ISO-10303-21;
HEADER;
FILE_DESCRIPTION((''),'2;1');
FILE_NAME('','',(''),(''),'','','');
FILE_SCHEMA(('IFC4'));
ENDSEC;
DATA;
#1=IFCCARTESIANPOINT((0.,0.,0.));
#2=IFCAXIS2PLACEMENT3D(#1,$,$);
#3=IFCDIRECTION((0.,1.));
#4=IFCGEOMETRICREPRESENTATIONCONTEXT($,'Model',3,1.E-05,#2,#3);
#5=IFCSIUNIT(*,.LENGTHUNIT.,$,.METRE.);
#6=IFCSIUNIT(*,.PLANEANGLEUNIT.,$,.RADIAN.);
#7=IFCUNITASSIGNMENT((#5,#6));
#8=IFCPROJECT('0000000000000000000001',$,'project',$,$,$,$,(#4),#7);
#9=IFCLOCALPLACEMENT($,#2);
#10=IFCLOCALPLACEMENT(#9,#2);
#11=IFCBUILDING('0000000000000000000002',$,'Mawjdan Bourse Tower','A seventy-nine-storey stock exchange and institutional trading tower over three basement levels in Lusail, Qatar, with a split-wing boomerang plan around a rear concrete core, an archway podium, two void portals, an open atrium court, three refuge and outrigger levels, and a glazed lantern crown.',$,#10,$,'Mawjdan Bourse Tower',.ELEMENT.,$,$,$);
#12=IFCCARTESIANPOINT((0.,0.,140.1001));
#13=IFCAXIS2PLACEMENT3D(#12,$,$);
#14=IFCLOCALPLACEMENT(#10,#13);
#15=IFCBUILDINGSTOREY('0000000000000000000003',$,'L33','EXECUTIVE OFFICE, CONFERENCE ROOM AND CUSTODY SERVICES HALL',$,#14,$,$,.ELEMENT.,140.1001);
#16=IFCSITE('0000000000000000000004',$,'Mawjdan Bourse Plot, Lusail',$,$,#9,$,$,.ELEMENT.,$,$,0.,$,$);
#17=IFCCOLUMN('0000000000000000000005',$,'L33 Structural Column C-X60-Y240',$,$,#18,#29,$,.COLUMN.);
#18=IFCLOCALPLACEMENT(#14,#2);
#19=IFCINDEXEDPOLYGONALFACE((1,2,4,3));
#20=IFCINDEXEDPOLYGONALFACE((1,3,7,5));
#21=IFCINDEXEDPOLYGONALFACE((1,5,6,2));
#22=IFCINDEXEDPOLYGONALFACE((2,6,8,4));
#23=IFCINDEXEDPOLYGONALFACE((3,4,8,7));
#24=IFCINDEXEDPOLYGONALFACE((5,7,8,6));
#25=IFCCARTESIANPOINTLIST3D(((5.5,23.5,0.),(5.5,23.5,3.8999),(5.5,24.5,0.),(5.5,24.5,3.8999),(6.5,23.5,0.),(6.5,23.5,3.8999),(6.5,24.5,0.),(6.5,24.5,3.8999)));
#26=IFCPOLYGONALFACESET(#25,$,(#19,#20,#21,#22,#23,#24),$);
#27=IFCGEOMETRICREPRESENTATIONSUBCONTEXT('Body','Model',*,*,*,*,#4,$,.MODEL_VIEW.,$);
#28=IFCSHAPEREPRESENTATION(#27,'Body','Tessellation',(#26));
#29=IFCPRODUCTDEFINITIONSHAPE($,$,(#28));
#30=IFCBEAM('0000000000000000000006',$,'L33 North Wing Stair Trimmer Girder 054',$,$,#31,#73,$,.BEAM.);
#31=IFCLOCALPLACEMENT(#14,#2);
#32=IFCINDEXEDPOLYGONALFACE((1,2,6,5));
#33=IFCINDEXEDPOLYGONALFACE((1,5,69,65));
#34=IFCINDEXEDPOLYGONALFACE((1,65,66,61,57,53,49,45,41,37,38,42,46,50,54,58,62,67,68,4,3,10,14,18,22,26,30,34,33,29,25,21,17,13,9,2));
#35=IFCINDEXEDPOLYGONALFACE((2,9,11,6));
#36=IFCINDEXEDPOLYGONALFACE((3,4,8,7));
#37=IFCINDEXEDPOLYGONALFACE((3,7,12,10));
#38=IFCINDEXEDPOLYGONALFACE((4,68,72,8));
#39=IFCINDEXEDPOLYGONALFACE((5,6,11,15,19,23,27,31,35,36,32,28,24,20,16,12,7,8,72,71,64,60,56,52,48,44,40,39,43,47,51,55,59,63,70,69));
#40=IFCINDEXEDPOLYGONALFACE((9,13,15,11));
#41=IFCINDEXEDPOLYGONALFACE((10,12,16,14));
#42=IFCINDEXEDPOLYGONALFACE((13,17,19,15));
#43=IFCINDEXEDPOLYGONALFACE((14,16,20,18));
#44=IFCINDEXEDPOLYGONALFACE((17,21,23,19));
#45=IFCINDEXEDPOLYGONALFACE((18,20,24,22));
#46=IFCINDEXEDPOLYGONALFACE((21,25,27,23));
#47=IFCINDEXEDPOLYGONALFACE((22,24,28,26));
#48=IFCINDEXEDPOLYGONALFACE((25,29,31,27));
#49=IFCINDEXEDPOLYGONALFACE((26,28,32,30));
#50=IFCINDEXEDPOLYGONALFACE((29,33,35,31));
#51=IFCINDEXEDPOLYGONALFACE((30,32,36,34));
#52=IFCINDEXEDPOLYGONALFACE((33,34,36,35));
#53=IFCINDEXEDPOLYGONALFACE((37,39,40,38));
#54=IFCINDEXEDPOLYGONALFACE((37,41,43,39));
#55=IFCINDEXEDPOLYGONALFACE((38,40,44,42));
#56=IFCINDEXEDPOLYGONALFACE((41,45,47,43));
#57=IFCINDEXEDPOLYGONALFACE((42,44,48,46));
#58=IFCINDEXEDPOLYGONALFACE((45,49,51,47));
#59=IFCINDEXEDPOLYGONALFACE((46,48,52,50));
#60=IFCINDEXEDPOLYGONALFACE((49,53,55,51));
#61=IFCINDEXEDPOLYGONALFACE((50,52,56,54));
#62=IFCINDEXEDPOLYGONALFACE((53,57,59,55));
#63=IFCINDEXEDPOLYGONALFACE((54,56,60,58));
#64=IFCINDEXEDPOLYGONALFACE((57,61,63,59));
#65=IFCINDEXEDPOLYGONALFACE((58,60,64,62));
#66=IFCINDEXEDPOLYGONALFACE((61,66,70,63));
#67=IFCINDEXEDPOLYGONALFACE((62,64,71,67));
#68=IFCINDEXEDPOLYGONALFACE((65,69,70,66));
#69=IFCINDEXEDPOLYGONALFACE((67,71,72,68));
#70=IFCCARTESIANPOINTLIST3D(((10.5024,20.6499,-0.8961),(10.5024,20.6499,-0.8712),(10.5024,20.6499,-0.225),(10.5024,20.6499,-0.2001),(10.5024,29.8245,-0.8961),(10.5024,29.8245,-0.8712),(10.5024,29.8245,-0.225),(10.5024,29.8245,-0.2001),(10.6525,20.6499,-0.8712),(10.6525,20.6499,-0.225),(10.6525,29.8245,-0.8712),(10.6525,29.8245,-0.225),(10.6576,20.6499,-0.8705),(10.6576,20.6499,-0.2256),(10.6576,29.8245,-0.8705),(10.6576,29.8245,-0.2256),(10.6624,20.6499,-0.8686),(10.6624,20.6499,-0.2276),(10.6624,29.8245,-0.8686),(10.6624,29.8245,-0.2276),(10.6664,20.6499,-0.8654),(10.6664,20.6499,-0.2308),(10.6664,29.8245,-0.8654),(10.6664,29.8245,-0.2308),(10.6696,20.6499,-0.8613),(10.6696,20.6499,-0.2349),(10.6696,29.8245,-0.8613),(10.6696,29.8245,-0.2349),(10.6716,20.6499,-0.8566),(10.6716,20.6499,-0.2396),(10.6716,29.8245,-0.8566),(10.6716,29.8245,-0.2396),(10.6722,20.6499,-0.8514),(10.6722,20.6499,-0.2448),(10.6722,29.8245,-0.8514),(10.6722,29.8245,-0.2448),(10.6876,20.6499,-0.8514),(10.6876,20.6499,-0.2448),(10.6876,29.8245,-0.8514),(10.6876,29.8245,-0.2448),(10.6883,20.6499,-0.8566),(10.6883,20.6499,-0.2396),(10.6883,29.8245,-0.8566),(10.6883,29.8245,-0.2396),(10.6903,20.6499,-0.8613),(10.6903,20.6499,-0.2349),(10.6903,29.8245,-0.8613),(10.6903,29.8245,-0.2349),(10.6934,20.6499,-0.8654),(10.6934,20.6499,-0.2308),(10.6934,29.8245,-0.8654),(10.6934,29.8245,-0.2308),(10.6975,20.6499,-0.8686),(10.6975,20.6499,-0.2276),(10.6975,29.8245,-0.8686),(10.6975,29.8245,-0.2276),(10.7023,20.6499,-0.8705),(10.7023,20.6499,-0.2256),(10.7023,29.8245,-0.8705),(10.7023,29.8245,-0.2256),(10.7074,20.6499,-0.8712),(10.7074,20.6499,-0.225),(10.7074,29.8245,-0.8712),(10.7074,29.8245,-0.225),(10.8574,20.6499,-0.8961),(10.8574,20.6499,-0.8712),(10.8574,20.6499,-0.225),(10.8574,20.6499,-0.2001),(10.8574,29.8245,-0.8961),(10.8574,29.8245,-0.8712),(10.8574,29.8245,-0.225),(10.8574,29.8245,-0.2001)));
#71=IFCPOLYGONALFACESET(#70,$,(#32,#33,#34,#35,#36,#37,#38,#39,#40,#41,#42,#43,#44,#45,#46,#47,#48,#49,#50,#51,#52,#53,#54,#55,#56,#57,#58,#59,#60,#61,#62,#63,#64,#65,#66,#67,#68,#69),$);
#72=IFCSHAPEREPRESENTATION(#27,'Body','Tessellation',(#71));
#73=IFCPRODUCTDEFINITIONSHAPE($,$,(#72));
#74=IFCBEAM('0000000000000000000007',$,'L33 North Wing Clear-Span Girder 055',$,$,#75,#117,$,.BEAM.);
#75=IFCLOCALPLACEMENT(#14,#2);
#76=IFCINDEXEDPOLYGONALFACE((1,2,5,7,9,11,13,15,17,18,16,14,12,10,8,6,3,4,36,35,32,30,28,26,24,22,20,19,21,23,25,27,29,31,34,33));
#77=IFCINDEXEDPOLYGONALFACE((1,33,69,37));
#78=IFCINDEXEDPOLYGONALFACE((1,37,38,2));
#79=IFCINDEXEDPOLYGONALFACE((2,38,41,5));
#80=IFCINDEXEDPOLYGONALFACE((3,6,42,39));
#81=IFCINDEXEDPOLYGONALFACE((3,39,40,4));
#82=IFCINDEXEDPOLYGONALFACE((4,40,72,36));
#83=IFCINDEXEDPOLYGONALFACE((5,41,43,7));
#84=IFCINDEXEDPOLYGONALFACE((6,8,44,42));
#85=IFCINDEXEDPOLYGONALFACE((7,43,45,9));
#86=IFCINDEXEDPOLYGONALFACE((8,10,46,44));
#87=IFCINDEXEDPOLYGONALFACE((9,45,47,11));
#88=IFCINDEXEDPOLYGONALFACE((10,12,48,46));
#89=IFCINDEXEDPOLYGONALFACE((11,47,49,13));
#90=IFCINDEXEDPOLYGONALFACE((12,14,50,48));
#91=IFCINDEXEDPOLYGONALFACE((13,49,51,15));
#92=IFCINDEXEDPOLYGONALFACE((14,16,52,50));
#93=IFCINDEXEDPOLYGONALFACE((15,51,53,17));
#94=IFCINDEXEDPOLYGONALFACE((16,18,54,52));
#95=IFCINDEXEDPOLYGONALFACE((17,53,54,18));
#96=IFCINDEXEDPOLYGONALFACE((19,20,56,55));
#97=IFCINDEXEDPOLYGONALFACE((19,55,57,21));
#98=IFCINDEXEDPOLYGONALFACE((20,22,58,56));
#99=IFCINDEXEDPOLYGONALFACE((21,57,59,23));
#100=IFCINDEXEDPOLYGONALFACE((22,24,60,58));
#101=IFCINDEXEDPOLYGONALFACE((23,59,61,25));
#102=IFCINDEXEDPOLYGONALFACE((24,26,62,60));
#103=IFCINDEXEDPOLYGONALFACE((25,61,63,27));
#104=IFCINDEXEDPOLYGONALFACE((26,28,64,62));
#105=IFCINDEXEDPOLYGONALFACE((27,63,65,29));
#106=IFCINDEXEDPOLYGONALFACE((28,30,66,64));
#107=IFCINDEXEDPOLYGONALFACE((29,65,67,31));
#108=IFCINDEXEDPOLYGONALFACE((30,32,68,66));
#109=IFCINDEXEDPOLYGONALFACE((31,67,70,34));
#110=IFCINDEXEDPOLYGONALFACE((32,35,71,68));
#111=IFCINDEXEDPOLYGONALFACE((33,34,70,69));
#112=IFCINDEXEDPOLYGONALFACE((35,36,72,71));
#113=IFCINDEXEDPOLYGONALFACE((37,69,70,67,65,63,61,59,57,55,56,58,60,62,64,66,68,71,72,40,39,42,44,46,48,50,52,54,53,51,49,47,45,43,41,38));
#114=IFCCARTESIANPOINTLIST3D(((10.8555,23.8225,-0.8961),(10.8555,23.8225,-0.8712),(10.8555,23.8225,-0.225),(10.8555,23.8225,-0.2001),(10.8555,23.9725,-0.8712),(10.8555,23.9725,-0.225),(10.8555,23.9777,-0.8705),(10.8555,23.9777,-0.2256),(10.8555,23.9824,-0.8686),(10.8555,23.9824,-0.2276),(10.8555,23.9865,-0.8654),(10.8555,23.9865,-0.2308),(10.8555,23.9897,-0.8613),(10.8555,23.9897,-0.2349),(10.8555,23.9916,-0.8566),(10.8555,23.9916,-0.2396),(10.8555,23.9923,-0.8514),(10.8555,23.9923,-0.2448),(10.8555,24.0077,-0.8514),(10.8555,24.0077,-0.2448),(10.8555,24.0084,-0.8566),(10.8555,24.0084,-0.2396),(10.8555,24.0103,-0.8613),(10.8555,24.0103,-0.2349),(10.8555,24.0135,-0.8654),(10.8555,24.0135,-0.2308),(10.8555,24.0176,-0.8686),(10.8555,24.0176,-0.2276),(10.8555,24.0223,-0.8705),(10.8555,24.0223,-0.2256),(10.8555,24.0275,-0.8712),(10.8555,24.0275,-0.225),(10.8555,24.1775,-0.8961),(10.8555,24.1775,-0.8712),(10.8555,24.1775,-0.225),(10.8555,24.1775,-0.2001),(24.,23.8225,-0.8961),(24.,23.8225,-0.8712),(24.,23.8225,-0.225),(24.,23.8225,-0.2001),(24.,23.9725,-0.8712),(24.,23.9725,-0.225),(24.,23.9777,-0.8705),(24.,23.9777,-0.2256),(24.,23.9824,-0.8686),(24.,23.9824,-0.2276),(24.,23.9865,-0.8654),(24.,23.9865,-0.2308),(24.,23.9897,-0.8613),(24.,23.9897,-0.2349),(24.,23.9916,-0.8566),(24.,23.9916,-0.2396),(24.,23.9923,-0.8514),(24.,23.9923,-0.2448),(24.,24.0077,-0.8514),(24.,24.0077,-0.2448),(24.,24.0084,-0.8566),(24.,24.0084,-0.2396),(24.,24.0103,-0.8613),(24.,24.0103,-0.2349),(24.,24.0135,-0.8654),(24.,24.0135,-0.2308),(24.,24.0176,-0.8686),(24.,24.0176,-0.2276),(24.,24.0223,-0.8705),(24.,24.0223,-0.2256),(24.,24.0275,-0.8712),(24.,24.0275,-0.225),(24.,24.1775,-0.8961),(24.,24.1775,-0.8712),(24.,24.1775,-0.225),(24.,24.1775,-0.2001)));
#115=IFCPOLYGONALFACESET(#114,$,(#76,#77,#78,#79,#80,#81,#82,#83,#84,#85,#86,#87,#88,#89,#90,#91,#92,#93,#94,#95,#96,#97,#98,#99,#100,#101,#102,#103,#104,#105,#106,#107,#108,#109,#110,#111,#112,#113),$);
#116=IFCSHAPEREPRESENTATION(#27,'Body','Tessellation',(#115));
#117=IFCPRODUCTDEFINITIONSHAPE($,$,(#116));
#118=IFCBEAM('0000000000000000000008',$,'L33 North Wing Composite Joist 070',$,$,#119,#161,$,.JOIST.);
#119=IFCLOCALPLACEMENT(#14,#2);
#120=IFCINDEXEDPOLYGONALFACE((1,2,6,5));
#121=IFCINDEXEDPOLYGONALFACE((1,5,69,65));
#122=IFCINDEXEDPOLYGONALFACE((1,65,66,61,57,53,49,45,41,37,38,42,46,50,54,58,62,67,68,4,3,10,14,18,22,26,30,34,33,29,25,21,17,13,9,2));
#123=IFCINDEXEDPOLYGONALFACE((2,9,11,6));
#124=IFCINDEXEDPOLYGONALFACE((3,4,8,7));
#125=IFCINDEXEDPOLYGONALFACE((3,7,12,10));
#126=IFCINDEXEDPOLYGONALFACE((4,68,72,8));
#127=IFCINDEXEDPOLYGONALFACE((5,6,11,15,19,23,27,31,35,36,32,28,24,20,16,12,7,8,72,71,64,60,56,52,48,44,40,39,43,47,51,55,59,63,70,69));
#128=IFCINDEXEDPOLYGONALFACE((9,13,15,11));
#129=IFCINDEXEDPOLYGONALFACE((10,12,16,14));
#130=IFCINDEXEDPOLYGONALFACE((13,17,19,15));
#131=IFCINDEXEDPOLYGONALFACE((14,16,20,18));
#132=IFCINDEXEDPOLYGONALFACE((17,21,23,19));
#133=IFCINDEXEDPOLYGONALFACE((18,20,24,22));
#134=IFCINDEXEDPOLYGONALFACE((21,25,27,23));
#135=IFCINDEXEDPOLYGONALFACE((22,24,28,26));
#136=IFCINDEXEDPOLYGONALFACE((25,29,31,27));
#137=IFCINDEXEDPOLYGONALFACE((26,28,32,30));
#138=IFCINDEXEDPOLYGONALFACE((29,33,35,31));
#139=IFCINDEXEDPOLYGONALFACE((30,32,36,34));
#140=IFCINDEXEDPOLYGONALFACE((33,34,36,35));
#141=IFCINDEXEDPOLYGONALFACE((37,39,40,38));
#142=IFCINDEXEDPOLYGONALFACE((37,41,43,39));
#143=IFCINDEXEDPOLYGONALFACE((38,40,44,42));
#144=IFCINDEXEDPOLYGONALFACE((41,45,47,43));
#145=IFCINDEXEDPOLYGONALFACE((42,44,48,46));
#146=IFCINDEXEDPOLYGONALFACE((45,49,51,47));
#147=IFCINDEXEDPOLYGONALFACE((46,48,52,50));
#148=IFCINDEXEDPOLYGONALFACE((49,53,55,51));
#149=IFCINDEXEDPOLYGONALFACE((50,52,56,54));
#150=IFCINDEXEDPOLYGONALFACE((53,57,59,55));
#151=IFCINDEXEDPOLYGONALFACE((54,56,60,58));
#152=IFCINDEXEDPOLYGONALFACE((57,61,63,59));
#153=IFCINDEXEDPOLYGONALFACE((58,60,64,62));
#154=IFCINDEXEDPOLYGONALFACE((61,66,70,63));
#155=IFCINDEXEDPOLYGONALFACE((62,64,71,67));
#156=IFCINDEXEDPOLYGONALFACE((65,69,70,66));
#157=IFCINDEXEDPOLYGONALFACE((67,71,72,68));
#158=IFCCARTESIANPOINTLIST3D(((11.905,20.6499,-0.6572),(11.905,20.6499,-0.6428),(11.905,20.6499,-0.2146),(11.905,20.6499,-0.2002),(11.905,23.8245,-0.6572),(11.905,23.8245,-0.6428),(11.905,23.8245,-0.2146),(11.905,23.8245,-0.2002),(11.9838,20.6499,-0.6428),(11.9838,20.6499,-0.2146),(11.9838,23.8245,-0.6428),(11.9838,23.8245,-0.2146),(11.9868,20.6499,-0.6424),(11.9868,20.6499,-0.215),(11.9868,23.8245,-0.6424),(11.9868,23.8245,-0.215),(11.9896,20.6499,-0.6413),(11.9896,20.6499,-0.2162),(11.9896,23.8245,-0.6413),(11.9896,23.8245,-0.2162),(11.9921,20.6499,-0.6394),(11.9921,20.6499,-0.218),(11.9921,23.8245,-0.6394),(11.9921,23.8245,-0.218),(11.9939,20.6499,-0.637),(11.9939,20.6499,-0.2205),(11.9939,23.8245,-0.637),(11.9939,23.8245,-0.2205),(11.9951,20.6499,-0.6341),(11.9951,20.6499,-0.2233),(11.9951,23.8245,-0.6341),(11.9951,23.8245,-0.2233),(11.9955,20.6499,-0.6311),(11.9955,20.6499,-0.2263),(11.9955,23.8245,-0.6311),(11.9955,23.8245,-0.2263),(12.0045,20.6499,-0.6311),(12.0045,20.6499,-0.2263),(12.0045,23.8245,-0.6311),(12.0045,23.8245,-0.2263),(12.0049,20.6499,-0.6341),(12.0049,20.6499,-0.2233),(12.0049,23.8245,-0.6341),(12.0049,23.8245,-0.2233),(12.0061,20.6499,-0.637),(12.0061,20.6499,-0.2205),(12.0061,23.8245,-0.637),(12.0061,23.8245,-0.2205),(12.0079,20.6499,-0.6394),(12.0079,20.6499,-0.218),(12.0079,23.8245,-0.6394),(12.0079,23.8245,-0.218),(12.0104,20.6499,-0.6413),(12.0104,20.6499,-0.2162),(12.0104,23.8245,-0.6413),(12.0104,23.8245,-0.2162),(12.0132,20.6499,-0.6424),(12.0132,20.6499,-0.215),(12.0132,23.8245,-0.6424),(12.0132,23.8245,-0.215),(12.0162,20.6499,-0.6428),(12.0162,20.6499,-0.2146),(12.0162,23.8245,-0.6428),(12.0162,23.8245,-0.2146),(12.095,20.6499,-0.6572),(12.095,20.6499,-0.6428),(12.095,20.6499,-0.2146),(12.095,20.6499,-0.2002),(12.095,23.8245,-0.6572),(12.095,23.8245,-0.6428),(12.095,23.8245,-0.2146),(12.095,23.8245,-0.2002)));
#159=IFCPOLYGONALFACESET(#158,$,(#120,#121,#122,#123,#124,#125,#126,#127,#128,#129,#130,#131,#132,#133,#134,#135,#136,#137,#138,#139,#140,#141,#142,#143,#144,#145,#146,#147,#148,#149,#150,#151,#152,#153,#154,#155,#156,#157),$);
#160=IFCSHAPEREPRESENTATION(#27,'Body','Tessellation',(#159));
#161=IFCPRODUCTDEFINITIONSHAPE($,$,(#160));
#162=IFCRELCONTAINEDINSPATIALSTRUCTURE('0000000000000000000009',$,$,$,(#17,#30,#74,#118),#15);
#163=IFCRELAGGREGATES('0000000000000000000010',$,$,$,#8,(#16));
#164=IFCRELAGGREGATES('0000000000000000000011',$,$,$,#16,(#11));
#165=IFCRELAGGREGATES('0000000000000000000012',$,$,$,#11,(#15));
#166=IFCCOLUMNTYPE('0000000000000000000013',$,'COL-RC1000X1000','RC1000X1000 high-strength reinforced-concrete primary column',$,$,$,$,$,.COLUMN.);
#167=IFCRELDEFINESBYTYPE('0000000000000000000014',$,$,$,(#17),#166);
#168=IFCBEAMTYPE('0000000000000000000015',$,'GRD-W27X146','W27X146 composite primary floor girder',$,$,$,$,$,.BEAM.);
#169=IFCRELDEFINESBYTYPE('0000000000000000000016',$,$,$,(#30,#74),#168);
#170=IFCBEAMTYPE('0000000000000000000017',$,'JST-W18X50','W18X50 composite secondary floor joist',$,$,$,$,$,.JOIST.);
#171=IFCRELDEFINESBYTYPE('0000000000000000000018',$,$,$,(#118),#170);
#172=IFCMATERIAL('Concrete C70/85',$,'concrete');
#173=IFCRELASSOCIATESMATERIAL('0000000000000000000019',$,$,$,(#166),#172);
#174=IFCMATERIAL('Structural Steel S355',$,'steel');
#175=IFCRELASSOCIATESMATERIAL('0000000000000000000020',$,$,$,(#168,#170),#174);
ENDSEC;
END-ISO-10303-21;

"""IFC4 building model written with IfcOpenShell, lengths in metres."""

from ifc_helpers import new_model, si_unit, direction, frame, origin, origin_2d, place, context, subcontext, project, spatial, rectangle, i_section, extrude, material, material_profile, profile_set, type_object, element, save


model = new_model("IFC4")

# Units and contexts
model_context = context("Model", 3, precision=1e-05, world=origin(), true_north=direction((0.0, 1.0)))
body_context = subcontext(model_context, "Body", "Model", "MODEL_VIEW")
ifc_project = project(units=[si_unit("LENGTHUNIT", "METRE"), si_unit("PLANEANGLEUNIT", "RADIAN")], contexts=[model_context])

# Site, building, storey
site_placement = place(None, origin())
site = spatial("IfcSite", under=ifc_project, at=site_placement, Name="Mawjdan Bourse Plot, Lusail", CompositionType="ELEMENT", RefElevation=0.0)
building_placement = place(site_placement, origin())
building = spatial("IfcBuilding", under=site, at=building_placement, Name="Mawjdan Bourse Tower", Description="A seventy-nine-storey stock exchange and institutional trading tower over three basement levels in Lusail, Qatar, with a split-wing boomerang plan around a rear concrete core, an archway podium, two void portals, an open atrium court, three refuge and outrigger levels, and a glazed lantern crown.", LongName="Mawjdan Bourse Tower", CompositionType="ELEMENT")
storey_placement = place(building_placement, frame((0.0, 0.0, 140.1001)))
storey = spatial("IfcBuildingStorey", under=building, at=storey_placement, Name="L33", Description="EXECUTIVE OFFICE, CONFERENCE ROOM AND CUSTODY SERVICES HALL", CompositionType="ELEMENT", Elevation=140.1001)

# Column
ifc_material_1 = material(Name="Concrete C70/85", Category="concrete")
ifc_material_profile_1 = material_profile(ifc_material_1, rectangle(XDim=1.0, YDim=1.0, at=origin_2d()), Name="RC1000X1000")
ifc_profile_set_1 = profile_set([ifc_material_profile_1], Name="Concrete C70/85")
column_type = type_object("IfcColumnType", Name="COL-RC1000X1000", Description="RC1000X1000 high-strength reinforced-concrete primary column", PredefinedType="COLUMN", material=ifc_profile_set_1)
column_placement = place(storey_placement, frame((6.0, 24.0, 0.0), z_axis=(0.0, 0.0, 1.0), x_axis=(1.0, 0.0, 0.0)))
element("IfcColumn", 1, at=column_placement, inside=storey, type_object=column_type, Name="L33 Structural Column C-X60-Y240", PredefinedType="COLUMN", context=body_context, shape_type="SweptSolid", body=[
    extrude(rectangle(XDim=1.0, YDim=1.0, at=origin_2d()), origin(), (0.0, 0.0, 1.0), 3.8999),
])

# Beams
ifc_material_2 = material(Name="Structural Steel S355", Category="steel")
ifc_material_profile_2 = material_profile(ifc_material_2, i_section(OverallWidth=0.355, OverallDepth=0.696, WebThickness=0.0154, FlangeThickness=0.0249, FilletRadius=0.0198, at=origin_2d()), Name="W27X146")
ifc_profile_set_2 = profile_set([ifc_material_profile_2], Name="Structural Steel S355")
beam_type_1 = type_object("IfcBeamType", Name="GRD-W27X146", Description="W27X146 composite primary floor girder", PredefinedType="BEAM", material=ifc_profile_set_2)
beam_1_placement = place(storey_placement, frame((10.6799, 20.6499, -0.5481), z_axis=(0.0, 1.0, 0.0), x_axis=(-1.0, 0.0, 0.0)))
element("IfcBeam", 2, at=beam_1_placement, inside=storey, type_object=beam_type_1, Name="L33 North Wing Stair Trimmer Girder 054", PredefinedType="BEAM", context=body_context, shape_type="SweptSolid", body=[
    extrude(i_section(OverallWidth=0.355, OverallDepth=0.696, WebThickness=0.0154, FlangeThickness=0.0249, FilletRadius=0.0198, at=origin_2d()), origin(), (0.0, 0.0, 1.0), 9.1746),
])
beam_2_placement = place(storey_placement, frame((10.8555, 24.0, -0.5481), z_axis=(1.0, 0.0, 0.0), x_axis=(0.0, 1.0, 0.0)))
element("IfcBeam", 3, at=beam_2_placement, inside=storey, type_object=beam_type_1, Name="L33 North Wing Clear-Span Girder 055", PredefinedType="BEAM", context=body_context, shape_type="SweptSolid", body=[
    extrude(i_section(OverallWidth=0.355, OverallDepth=0.696, WebThickness=0.0154, FlangeThickness=0.0249, FilletRadius=0.0198, at=origin_2d()), origin(), (0.0, 0.0, 1.0), 13.1445),
])
ifc_material_profile_3 = material_profile(ifc_material_2, i_section(OverallWidth=0.1899, OverallDepth=0.457, WebThickness=0.009, FlangeThickness=0.0144, FilletRadius=0.0117, at=origin_2d()), Name="W18X50")
ifc_profile_set_3 = profile_set([ifc_material_profile_3], Name="Structural Steel S355")
beam_type_2 = type_object("IfcBeamType", Name="JST-W18X50", Description="W18X50 composite secondary floor joist", PredefinedType="JOIST", material=ifc_profile_set_3)
beam_3_placement = place(storey_placement, frame((12.0, 20.6499, -0.4287), z_axis=(0.0, 1.0, 0.0), x_axis=(-1.0, 0.0, 0.0)))
element("IfcBeam", 4, at=beam_3_placement, inside=storey, type_object=beam_type_2, Name="L33 North Wing Composite Joist 070", PredefinedType="JOIST", context=body_context, shape_type="SweptSolid", body=[
    extrude(i_section(OverallWidth=0.1899, OverallDepth=0.457, WebThickness=0.009, FlangeThickness=0.0144, FilletRadius=0.0117, at=origin_2d()), origin(), (0.0, 0.0, 1.0), 3.1746),
])

save(model, "model.ifc")
